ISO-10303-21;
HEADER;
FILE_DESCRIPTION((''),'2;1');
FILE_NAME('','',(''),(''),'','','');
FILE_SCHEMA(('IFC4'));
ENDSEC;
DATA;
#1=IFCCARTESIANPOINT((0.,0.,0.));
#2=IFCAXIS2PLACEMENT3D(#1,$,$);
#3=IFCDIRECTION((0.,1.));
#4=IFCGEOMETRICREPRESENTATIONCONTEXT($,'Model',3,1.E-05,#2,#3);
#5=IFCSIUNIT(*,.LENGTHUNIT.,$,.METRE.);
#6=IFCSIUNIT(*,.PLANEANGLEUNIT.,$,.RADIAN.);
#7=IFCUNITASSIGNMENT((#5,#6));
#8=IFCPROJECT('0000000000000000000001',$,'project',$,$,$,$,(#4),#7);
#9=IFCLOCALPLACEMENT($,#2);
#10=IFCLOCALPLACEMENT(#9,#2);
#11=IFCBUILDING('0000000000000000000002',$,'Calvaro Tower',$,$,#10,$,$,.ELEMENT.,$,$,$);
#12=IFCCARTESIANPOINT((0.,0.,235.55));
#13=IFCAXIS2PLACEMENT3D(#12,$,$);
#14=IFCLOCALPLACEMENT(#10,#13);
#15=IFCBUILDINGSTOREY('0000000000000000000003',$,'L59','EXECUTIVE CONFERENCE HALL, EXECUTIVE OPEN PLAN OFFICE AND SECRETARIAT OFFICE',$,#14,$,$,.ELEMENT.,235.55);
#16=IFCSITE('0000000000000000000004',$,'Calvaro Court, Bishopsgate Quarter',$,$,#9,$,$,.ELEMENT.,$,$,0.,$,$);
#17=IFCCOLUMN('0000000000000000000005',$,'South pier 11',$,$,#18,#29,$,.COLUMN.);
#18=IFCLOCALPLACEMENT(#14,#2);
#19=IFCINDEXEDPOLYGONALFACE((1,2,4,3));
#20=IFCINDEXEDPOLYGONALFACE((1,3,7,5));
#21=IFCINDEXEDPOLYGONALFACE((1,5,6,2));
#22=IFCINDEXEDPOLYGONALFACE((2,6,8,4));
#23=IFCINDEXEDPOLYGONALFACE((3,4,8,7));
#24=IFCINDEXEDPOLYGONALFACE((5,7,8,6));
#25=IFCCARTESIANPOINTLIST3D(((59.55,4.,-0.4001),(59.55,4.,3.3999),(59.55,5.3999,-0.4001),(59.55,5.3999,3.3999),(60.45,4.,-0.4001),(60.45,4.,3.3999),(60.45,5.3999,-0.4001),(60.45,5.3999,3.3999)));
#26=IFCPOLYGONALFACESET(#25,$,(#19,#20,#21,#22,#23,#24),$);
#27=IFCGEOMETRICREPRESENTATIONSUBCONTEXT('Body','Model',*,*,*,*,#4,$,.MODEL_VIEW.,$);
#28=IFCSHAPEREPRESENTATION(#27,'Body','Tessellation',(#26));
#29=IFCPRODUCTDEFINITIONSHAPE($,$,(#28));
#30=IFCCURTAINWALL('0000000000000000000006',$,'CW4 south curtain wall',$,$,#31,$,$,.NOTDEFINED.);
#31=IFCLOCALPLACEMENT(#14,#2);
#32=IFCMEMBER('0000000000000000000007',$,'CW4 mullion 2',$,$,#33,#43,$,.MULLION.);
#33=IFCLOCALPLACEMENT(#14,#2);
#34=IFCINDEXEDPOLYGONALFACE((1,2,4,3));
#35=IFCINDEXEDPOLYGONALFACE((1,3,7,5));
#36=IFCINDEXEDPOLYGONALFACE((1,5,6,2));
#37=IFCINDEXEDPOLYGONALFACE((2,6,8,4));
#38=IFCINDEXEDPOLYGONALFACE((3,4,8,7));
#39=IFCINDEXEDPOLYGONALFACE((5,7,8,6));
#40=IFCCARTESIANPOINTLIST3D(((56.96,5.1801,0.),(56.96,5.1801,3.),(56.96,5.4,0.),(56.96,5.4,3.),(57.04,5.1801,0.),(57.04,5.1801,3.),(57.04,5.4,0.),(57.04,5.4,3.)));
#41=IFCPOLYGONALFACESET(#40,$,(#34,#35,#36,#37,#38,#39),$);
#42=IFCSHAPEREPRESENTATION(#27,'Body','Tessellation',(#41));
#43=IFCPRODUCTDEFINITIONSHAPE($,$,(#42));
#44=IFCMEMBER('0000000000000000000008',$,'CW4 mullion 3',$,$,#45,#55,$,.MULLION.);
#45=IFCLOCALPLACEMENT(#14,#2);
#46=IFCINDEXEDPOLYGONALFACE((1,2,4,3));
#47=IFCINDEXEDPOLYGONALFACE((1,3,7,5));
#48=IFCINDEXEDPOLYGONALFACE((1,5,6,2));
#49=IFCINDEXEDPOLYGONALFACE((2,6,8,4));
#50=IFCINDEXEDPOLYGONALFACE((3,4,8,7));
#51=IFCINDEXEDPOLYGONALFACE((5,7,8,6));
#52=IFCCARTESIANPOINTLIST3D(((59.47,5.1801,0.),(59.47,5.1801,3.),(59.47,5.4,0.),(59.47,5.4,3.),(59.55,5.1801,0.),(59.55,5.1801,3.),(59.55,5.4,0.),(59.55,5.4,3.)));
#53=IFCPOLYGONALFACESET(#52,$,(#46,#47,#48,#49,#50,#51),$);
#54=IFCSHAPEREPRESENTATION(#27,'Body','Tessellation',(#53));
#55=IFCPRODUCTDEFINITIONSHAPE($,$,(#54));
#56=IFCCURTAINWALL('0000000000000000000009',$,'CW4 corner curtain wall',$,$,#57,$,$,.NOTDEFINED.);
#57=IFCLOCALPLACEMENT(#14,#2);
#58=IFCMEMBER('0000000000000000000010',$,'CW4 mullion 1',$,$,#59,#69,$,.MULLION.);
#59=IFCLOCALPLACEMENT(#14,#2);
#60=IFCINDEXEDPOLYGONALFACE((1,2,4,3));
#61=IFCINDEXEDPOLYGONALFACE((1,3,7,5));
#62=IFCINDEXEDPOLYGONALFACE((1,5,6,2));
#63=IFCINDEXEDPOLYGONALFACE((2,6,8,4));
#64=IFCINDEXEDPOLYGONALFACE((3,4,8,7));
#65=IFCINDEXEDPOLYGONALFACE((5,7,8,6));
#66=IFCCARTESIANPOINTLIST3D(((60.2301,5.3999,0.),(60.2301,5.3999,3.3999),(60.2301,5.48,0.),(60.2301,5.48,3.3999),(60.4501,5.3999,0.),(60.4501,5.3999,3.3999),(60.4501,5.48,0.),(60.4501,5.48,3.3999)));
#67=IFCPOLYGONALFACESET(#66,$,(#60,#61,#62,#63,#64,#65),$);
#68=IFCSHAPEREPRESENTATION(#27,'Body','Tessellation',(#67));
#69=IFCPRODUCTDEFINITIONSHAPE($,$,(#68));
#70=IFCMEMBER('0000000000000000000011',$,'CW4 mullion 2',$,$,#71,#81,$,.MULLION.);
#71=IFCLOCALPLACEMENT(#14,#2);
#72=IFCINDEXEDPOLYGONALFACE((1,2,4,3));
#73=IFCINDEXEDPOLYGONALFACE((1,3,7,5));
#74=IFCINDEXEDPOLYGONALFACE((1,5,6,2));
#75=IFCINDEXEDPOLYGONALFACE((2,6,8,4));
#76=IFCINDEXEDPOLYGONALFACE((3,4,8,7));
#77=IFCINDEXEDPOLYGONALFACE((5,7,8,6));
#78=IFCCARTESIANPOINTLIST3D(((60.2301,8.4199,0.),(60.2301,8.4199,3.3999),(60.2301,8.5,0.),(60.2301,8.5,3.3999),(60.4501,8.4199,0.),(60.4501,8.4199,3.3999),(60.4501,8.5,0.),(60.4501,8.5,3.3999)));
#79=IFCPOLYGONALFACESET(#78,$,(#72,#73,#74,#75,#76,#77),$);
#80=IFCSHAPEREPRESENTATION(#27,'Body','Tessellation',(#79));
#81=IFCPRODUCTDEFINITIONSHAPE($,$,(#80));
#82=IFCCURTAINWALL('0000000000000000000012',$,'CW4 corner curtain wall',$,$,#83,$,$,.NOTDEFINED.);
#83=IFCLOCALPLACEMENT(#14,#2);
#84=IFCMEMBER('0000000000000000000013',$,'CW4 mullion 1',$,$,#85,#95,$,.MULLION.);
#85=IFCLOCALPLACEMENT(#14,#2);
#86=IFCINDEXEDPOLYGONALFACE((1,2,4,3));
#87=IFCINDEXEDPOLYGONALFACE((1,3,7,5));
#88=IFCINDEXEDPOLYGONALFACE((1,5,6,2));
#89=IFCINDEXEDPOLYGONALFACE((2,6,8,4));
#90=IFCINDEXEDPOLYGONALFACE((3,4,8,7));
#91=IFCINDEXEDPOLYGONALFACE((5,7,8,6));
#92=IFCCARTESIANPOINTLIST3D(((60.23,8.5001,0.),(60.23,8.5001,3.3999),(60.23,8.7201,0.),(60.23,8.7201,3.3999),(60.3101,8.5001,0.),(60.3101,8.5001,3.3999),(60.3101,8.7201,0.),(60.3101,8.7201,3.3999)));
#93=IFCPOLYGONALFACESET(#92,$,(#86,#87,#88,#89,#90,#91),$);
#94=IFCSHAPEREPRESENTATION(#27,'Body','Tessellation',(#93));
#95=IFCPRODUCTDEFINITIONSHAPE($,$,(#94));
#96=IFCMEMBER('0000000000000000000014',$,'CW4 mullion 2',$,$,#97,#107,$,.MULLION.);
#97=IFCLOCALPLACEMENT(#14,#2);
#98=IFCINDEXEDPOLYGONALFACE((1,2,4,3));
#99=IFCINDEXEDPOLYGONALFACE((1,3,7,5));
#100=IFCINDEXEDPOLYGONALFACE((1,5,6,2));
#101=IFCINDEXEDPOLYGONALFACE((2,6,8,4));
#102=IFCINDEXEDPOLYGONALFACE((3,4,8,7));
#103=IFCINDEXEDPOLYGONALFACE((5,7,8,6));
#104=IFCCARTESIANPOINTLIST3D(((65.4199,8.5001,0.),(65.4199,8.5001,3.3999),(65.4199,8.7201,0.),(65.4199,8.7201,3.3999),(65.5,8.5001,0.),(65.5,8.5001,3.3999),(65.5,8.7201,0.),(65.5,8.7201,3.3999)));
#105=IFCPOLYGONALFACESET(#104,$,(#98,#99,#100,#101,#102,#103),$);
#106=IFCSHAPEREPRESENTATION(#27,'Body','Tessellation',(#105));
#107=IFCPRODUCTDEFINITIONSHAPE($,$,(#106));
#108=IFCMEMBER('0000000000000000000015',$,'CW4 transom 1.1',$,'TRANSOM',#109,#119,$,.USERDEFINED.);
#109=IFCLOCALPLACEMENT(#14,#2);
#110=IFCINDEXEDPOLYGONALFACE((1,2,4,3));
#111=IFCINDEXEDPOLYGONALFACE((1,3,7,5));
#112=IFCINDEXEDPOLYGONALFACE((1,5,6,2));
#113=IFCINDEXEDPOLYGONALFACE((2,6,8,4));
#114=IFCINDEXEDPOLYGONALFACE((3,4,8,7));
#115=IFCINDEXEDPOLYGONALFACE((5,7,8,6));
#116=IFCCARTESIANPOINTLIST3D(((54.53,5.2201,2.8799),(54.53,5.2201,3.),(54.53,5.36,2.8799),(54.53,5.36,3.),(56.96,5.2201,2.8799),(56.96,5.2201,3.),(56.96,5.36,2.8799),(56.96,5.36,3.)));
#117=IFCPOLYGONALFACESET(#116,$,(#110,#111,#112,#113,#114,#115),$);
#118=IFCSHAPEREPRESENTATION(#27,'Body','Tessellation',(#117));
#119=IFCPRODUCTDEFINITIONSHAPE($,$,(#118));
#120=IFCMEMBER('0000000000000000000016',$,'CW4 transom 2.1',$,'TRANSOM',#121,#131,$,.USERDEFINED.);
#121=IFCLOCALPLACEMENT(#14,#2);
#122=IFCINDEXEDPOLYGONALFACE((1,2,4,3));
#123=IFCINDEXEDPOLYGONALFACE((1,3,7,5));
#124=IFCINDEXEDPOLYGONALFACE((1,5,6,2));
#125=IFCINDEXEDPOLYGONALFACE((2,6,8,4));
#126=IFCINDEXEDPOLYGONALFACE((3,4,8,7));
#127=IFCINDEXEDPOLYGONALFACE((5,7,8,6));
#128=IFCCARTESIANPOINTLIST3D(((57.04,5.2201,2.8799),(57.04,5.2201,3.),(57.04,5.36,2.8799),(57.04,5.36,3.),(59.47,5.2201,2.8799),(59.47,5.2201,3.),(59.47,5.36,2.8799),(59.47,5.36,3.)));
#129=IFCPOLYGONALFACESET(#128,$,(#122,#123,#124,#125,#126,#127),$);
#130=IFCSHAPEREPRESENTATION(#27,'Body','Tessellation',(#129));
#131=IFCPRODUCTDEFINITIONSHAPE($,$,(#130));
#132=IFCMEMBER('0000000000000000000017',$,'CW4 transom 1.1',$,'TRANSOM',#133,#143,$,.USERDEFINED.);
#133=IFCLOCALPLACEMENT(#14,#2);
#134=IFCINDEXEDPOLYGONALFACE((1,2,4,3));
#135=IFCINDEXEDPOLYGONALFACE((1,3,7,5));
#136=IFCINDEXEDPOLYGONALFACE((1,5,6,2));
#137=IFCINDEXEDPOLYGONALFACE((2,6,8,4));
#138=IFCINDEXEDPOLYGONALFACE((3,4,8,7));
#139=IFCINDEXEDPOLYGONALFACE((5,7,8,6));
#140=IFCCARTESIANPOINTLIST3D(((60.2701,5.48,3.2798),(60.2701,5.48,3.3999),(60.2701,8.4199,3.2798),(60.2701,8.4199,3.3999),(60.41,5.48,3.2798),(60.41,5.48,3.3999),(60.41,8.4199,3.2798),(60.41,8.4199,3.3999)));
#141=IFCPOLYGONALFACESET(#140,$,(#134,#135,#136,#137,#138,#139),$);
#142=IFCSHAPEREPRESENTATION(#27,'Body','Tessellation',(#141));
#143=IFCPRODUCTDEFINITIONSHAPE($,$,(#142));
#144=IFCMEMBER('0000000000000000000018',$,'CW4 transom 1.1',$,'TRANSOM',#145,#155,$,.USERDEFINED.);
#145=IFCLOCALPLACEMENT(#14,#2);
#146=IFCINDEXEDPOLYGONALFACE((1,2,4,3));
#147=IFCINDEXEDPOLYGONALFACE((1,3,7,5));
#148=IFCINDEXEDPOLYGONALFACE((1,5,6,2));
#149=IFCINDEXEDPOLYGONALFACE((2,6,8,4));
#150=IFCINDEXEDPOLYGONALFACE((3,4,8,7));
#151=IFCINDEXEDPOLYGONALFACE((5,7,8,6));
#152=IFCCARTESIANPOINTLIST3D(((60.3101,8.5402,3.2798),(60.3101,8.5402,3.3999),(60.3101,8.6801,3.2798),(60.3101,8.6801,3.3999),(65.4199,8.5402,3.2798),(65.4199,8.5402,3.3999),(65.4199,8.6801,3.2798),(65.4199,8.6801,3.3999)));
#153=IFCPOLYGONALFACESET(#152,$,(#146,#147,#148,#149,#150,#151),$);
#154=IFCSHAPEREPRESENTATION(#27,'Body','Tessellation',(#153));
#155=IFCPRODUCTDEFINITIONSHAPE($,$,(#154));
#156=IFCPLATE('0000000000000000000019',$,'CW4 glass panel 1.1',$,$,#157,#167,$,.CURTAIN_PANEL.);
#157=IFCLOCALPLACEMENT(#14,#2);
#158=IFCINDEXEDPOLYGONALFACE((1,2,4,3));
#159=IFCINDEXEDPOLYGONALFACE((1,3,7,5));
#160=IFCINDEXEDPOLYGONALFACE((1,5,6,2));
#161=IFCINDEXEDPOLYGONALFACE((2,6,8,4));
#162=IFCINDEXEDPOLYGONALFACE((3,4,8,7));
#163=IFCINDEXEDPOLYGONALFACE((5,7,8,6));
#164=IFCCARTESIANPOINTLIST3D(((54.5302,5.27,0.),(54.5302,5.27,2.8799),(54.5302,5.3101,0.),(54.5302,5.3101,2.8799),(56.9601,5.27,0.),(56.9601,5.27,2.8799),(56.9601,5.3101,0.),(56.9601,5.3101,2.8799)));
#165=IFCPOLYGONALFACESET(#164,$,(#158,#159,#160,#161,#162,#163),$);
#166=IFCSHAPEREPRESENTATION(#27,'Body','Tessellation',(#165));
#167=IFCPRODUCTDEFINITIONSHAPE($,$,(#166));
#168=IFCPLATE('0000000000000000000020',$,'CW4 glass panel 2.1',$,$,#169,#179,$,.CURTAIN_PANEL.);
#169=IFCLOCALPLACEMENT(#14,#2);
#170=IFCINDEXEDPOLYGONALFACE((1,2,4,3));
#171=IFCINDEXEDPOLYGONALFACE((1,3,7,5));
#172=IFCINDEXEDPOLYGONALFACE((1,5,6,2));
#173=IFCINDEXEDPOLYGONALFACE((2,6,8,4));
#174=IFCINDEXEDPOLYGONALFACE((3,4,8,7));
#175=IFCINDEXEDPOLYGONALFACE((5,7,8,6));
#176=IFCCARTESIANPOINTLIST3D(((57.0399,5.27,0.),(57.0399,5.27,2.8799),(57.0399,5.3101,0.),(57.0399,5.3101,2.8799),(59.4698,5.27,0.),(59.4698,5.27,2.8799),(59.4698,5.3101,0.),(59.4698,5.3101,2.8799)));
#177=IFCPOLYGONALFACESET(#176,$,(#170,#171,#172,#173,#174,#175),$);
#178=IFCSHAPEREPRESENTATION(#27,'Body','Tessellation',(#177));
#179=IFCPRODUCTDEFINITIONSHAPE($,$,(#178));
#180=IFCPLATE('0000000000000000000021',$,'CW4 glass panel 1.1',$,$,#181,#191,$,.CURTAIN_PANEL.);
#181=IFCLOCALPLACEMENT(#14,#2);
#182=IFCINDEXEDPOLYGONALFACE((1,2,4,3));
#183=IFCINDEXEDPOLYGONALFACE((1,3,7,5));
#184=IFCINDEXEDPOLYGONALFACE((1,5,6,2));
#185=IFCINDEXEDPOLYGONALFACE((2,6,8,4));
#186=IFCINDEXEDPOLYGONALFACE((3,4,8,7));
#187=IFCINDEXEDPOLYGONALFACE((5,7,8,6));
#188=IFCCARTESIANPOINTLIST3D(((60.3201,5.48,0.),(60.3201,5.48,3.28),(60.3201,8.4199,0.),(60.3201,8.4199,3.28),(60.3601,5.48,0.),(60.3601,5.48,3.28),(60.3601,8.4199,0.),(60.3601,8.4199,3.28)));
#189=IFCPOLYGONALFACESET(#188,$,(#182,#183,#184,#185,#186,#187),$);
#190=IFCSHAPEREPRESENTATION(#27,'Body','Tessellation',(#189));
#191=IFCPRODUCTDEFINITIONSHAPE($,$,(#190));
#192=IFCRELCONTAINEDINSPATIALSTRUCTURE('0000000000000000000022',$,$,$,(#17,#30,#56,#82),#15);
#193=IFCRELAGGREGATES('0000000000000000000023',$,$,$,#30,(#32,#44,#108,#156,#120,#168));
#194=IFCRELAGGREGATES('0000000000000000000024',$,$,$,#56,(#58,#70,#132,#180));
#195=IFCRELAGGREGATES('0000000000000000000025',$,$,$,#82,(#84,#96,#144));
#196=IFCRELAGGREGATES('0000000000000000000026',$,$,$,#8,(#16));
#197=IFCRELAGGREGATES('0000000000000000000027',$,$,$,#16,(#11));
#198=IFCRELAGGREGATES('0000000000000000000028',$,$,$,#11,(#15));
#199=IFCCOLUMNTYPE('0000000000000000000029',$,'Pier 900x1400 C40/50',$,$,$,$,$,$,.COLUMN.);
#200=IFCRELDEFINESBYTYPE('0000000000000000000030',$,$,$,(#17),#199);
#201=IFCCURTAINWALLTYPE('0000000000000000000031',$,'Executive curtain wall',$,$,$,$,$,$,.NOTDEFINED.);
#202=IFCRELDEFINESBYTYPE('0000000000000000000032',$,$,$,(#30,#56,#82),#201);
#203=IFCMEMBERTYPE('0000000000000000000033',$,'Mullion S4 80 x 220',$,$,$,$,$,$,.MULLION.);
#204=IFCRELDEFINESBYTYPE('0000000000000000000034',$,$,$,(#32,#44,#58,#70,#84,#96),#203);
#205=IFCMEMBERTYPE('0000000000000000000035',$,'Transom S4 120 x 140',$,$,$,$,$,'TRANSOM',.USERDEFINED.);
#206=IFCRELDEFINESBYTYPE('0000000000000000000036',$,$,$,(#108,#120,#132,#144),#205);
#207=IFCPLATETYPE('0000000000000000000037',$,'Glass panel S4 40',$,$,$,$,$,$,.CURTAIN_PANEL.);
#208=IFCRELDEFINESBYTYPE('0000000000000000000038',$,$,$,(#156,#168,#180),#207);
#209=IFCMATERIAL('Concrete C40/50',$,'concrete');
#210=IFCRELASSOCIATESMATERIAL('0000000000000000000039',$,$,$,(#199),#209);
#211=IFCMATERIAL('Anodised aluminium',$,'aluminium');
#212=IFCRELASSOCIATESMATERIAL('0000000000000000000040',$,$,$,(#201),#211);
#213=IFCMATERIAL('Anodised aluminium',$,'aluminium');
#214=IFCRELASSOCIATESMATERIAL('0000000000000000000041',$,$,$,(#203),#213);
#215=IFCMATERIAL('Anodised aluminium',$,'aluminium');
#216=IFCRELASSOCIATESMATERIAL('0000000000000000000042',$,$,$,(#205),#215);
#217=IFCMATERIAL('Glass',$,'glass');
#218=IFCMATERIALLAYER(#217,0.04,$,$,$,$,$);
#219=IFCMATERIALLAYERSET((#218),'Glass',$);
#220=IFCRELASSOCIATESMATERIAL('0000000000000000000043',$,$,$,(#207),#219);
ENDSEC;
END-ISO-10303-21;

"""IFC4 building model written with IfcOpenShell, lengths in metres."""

from ifc_helpers import new_model, si_unit, direction, frame, origin, origin_2d, place, context, subcontext, project, spatial, rectangle, extrude, material, layer, layer_set, material_profile, profile_set, type_object, element, aggregate, save


model = new_model("IFC4")

# Units and contexts
model_context = context("Model", 3, precision=1e-05, world=origin(), true_north=direction((0.0, 1.0)))
body_context = subcontext(model_context, "Body", "Model", "MODEL_VIEW")
ifc_project = project(units=[si_unit("LENGTHUNIT", "METRE"), si_unit("PLANEANGLEUNIT", "RADIAN")], contexts=[model_context])

# Site, building, storey
site_placement = place(None, origin())
site = spatial("IfcSite", under=ifc_project, at=site_placement, Name="Calvaro Court, Bishopsgate Quarter", CompositionType="ELEMENT", RefElevation=0.0)
building_placement = place(site_placement, origin())
building = spatial("IfcBuilding", under=site, at=building_placement, Name="Calvaro Tower", CompositionType="ELEMENT")
storey_placement = place(building_placement, frame((0.0, 0.0, 235.55)))
storey = spatial("IfcBuildingStorey", under=building, at=storey_placement, Name="L59", Description="EXECUTIVE CONFERENCE HALL, EXECUTIVE OPEN PLAN OFFICE AND SECRETARIAT OFFICE", CompositionType="ELEMENT", Elevation=235.55)

# Column
ifc_material_1 = material(Name="Concrete C40/50", Category="concrete")
ifc_material_profile_1 = material_profile(ifc_material_1, rectangle(XDim=0.8999, YDim=1.3999, at=origin_2d()), Name="RC 900x1400")
ifc_profile_set_1 = profile_set([ifc_material_profile_1], Name="Concrete C40/50")
column_type = type_object("IfcColumnType", Name="Pier 900x1400 C40/50", PredefinedType="COLUMN", material=ifc_profile_set_1)
column_placement = place(storey_placement, frame((60.0, 4.7, -0.4001), z_axis=(0.0, 0.0, 1.0), x_axis=(1.0, 0.0, 0.0)))
element("IfcColumn", 1, at=column_placement, inside=storey, type_object=column_type, Name="South pier 11", PredefinedType="COLUMN", context=body_context, shape_type="SweptSolid", body=[
    extrude(rectangle(XDim=0.8999, YDim=1.3999, at=origin_2d()), origin(), (0.0, 0.0, 1.0), 3.8),
])

# Curtain walls, members
ifc_material_2 = material(Name="Anodised aluminium", Category="aluminium")
curtain_wall_type = type_object("IfcCurtainWallType", Name="Executive curtain wall", PredefinedType="NOTDEFINED", material=ifc_material_2)
curtain_wall_1_placement = place(storey_placement, origin())
curtain_wall_1 = element("IfcCurtainWall", 2, at=curtain_wall_1_placement, inside=storey, type_object=curtain_wall_type, Name="CW4 south curtain wall", PredefinedType="NOTDEFINED")
ifc_material_3 = material(Name="Anodised aluminium", Category="aluminium")
ifc_material_profile_2 = material_profile(ifc_material_3, rectangle(XDim=0.22, YDim=0.0801, at=origin_2d()), Name="Mullion S4 80 x 220")
ifc_profile_set_2 = profile_set([ifc_material_profile_2], Name="Anodised aluminium")
member_type_1 = type_object("IfcMemberType", Name="Mullion S4 80 x 220", PredefinedType="MULLION", material=ifc_profile_set_2)
member_1_placement = place(storey_placement, frame((57.0, 5.29, 0.0), z_axis=(0.0, 0.0, 1.0), x_axis=(0.0, 1.0, 0.0)))
member_1 = element("IfcMember", 3, at=member_1_placement, type_object=member_type_1, Name="CW4 mullion 2", PredefinedType="MULLION", context=body_context, shape_type="SweptSolid", body=[
    extrude(rectangle(XDim=0.22, YDim=0.0801, at=origin_2d()), origin(), (0.0, 0.0, 1.0), 3.0),
])
member_2_placement = place(storey_placement, frame((59.51, 5.29, 0.0), z_axis=(0.0, 0.0, 1.0), x_axis=(0.0, 1.0, 0.0)))
member_2 = element("IfcMember", 4, at=member_2_placement, type_object=member_type_1, Name="CW4 mullion 3", PredefinedType="MULLION", context=body_context, shape_type="SweptSolid", body=[
    extrude(rectangle(XDim=0.22, YDim=0.0801, at=origin_2d()), origin(), (0.0, 0.0, 1.0), 3.0),
])
curtain_wall_2_placement = place(storey_placement, origin())
curtain_wall_2 = element("IfcCurtainWall", 5, at=curtain_wall_2_placement, inside=storey, type_object=curtain_wall_type, Name="CW4 corner curtain wall", PredefinedType="NOTDEFINED")
member_3_placement = place(storey_placement, frame((60.3401, 5.4399, 0.0), z_axis=(0.0, 0.0, 1.0), x_axis=(-1.0, 0.0, 0.0)))
member_3 = element("IfcMember", 6, at=member_3_placement, type_object=member_type_1, Name="CW4 mullion 1", PredefinedType="MULLION", context=body_context, shape_type="SweptSolid", body=[
    extrude(rectangle(XDim=0.22, YDim=0.0801, at=origin_2d()), origin(), (0.0, 0.0, 1.0), 3.3999),
])
member_4_placement = place(storey_placement, frame((60.3401, 8.46, 0.0), z_axis=(0.0, 0.0, 1.0), x_axis=(-1.0, 0.0, 0.0)))
member_4 = element("IfcMember", 7, at=member_4_placement, type_object=member_type_1, Name="CW4 mullion 2", PredefinedType="MULLION", context=body_context, shape_type="SweptSolid", body=[
    extrude(rectangle(XDim=0.22, YDim=0.0801, at=origin_2d()), origin(), (0.0, 0.0, 1.0), 3.3999),
])
curtain_wall_3_placement = place(storey_placement, origin())
curtain_wall_3 = element("IfcCurtainWall", 8, at=curtain_wall_3_placement, inside=storey, type_object=curtain_wall_type, Name="CW4 corner curtain wall", PredefinedType="NOTDEFINED")
member_5_placement = place(storey_placement, frame((60.27, 8.6101, 0.0), z_axis=(0.0, 0.0, 1.0), x_axis=(0.0, 1.0, 0.0)))
member_5 = element("IfcMember", 9, at=member_5_placement, type_object=member_type_1, Name="CW4 mullion 1", PredefinedType="MULLION", context=body_context, shape_type="SweptSolid", body=[
    extrude(rectangle(XDim=0.22, YDim=0.0801, at=origin_2d()), origin(), (0.0, 0.0, 1.0), 3.3999),
])
member_6_placement = place(storey_placement, frame((65.46, 8.6101, 0.0), z_axis=(0.0, 0.0, 1.0), x_axis=(0.0, 1.0, 0.0)))
member_6 = element("IfcMember", 10, at=member_6_placement, type_object=member_type_1, Name="CW4 mullion 2", PredefinedType="MULLION", context=body_context, shape_type="SweptSolid", body=[
    extrude(rectangle(XDim=0.22, YDim=0.0801, at=origin_2d()), origin(), (0.0, 0.0, 1.0), 3.3999),
])

# Members
ifc_material_4 = material(Name="Anodised aluminium", Category="aluminium")
ifc_material_profile_3 = material_profile(ifc_material_4, rectangle(XDim=0.1399, YDim=0.1201, at=origin_2d()), Name="Transom S4 120 x 140")
ifc_profile_set_3 = profile_set([ifc_material_profile_3], Name="Anodised aluminium")
member_type_2 = type_object("IfcMemberType", Name="Transom S4 120 x 140", ElementType="TRANSOM", PredefinedType="USERDEFINED", material=ifc_profile_set_3)
member_7_placement = place(storey_placement, frame((54.53, 5.29, 2.9399), z_axis=(1.0, 0.0, 0.0), x_axis=(0.0, 1.0, 0.0)))
member_7 = element("IfcMember", 11, at=member_7_placement, type_object=member_type_2, Name="CW4 transom 1.1", ObjectType="TRANSOM", PredefinedType="USERDEFINED", context=body_context, shape_type="SweptSolid", body=[
    extrude(rectangle(XDim=0.1399, YDim=0.1201, at=origin_2d()), origin(), (0.0, 0.0, 1.0), 2.4299),
])
member_8_placement = place(storey_placement, frame((57.04, 5.29, 2.9399), z_axis=(1.0, 0.0, 0.0), x_axis=(0.0, 1.0, 0.0)))
member_8 = element("IfcMember", 12, at=member_8_placement, type_object=member_type_2, Name="CW4 transom 2.1", ObjectType="TRANSOM", PredefinedType="USERDEFINED", context=body_context, shape_type="SweptSolid", body=[
    extrude(rectangle(XDim=0.1399, YDim=0.1201, at=origin_2d()), origin(), (0.0, 0.0, 1.0), 2.4299),
])
member_9_placement = place(storey_placement, frame((60.3401, 5.48, 3.3398), z_axis=(0.0, 1.0, 0.0), x_axis=(-1.0, 0.0, 0.0)))
member_9 = element("IfcMember", 13, at=member_9_placement, type_object=member_type_2, Name="CW4 transom 1.1", ObjectType="TRANSOM", PredefinedType="USERDEFINED", context=body_context, shape_type="SweptSolid", body=[
    extrude(rectangle(XDim=0.1399, YDim=0.1201, at=origin_2d()), origin(), (0.0, 0.0, 1.0), 2.9399),
])
member_10_placement = place(storey_placement, frame((60.3101, 8.6101, 3.3398), z_axis=(1.0, 0.0, 0.0), x_axis=(0.0, 1.0, 0.0)))
member_10 = element("IfcMember", 14, at=member_10_placement, type_object=member_type_2, Name="CW4 transom 1.1", ObjectType="TRANSOM", PredefinedType="USERDEFINED", context=body_context, shape_type="SweptSolid", body=[
    extrude(rectangle(XDim=0.1399, YDim=0.1201, at=origin_2d()), origin(), (0.0, 0.0, 1.0), 5.1099),
])

# Plates
ifc_material_5 = material(Name="Glass", Category="glass")
ifc_layer_1 = layer(ifc_material_5, 0.04)
ifc_layer_set_1 = layer_set([ifc_layer_1], Name="Glass")
plate_type = type_object("IfcPlateType", Name="Glass panel S4 40", PredefinedType="CURTAIN_PANEL", material=ifc_layer_set_1)
plate_1_placement = place(storey_placement, frame((55.7451, 5.29, 0.0), z_axis=(0.0, 0.0, 1.0), x_axis=(1.0, 0.0, 0.0)))
plate_1 = element("IfcPlate", 15, at=plate_1_placement, type_object=plate_type, Name="CW4 glass panel 1.1", PredefinedType="CURTAIN_PANEL", context=body_context, shape_type="SweptSolid", body=[
    extrude(rectangle(XDim=2.4299, YDim=0.04, at=origin_2d()), origin(), (0.0, 0.0, 1.0), 2.8799),
])
plate_2_placement = place(storey_placement, frame((58.2549, 5.29, 0.0), z_axis=(0.0, 0.0, 1.0), x_axis=(1.0, 0.0, 0.0)))
plate_2 = element("IfcPlate", 16, at=plate_2_placement, type_object=plate_type, Name="CW4 glass panel 2.1", PredefinedType="CURTAIN_PANEL", context=body_context, shape_type="SweptSolid", body=[
    extrude(rectangle(XDim=2.4299, YDim=0.04, at=origin_2d()), origin(), (0.0, 0.0, 1.0), 2.8799),
])
aggregate(curtain_wall_1, [member_1, member_2, member_7, plate_1, member_8, plate_2])
plate_3_placement = place(storey_placement, frame((60.3401, 6.95, 0.0), z_axis=(0.0, 0.0, 1.0), x_axis=(0.0, 1.0, 0.0)))
plate_3 = element("IfcPlate", 17, at=plate_3_placement, type_object=plate_type, Name="CW4 glass panel 1.1", PredefinedType="CURTAIN_PANEL", context=body_context, shape_type="SweptSolid", body=[
    extrude(rectangle(XDim=2.9399, YDim=0.04, at=origin_2d()), origin(), (0.0, 0.0, 1.0), 3.28),
])
aggregate(curtain_wall_2, [member_3, member_4, member_9, plate_3])
aggregate(curtain_wall_3, [member_5, member_6, member_10])

save(model, "model.ifc")
